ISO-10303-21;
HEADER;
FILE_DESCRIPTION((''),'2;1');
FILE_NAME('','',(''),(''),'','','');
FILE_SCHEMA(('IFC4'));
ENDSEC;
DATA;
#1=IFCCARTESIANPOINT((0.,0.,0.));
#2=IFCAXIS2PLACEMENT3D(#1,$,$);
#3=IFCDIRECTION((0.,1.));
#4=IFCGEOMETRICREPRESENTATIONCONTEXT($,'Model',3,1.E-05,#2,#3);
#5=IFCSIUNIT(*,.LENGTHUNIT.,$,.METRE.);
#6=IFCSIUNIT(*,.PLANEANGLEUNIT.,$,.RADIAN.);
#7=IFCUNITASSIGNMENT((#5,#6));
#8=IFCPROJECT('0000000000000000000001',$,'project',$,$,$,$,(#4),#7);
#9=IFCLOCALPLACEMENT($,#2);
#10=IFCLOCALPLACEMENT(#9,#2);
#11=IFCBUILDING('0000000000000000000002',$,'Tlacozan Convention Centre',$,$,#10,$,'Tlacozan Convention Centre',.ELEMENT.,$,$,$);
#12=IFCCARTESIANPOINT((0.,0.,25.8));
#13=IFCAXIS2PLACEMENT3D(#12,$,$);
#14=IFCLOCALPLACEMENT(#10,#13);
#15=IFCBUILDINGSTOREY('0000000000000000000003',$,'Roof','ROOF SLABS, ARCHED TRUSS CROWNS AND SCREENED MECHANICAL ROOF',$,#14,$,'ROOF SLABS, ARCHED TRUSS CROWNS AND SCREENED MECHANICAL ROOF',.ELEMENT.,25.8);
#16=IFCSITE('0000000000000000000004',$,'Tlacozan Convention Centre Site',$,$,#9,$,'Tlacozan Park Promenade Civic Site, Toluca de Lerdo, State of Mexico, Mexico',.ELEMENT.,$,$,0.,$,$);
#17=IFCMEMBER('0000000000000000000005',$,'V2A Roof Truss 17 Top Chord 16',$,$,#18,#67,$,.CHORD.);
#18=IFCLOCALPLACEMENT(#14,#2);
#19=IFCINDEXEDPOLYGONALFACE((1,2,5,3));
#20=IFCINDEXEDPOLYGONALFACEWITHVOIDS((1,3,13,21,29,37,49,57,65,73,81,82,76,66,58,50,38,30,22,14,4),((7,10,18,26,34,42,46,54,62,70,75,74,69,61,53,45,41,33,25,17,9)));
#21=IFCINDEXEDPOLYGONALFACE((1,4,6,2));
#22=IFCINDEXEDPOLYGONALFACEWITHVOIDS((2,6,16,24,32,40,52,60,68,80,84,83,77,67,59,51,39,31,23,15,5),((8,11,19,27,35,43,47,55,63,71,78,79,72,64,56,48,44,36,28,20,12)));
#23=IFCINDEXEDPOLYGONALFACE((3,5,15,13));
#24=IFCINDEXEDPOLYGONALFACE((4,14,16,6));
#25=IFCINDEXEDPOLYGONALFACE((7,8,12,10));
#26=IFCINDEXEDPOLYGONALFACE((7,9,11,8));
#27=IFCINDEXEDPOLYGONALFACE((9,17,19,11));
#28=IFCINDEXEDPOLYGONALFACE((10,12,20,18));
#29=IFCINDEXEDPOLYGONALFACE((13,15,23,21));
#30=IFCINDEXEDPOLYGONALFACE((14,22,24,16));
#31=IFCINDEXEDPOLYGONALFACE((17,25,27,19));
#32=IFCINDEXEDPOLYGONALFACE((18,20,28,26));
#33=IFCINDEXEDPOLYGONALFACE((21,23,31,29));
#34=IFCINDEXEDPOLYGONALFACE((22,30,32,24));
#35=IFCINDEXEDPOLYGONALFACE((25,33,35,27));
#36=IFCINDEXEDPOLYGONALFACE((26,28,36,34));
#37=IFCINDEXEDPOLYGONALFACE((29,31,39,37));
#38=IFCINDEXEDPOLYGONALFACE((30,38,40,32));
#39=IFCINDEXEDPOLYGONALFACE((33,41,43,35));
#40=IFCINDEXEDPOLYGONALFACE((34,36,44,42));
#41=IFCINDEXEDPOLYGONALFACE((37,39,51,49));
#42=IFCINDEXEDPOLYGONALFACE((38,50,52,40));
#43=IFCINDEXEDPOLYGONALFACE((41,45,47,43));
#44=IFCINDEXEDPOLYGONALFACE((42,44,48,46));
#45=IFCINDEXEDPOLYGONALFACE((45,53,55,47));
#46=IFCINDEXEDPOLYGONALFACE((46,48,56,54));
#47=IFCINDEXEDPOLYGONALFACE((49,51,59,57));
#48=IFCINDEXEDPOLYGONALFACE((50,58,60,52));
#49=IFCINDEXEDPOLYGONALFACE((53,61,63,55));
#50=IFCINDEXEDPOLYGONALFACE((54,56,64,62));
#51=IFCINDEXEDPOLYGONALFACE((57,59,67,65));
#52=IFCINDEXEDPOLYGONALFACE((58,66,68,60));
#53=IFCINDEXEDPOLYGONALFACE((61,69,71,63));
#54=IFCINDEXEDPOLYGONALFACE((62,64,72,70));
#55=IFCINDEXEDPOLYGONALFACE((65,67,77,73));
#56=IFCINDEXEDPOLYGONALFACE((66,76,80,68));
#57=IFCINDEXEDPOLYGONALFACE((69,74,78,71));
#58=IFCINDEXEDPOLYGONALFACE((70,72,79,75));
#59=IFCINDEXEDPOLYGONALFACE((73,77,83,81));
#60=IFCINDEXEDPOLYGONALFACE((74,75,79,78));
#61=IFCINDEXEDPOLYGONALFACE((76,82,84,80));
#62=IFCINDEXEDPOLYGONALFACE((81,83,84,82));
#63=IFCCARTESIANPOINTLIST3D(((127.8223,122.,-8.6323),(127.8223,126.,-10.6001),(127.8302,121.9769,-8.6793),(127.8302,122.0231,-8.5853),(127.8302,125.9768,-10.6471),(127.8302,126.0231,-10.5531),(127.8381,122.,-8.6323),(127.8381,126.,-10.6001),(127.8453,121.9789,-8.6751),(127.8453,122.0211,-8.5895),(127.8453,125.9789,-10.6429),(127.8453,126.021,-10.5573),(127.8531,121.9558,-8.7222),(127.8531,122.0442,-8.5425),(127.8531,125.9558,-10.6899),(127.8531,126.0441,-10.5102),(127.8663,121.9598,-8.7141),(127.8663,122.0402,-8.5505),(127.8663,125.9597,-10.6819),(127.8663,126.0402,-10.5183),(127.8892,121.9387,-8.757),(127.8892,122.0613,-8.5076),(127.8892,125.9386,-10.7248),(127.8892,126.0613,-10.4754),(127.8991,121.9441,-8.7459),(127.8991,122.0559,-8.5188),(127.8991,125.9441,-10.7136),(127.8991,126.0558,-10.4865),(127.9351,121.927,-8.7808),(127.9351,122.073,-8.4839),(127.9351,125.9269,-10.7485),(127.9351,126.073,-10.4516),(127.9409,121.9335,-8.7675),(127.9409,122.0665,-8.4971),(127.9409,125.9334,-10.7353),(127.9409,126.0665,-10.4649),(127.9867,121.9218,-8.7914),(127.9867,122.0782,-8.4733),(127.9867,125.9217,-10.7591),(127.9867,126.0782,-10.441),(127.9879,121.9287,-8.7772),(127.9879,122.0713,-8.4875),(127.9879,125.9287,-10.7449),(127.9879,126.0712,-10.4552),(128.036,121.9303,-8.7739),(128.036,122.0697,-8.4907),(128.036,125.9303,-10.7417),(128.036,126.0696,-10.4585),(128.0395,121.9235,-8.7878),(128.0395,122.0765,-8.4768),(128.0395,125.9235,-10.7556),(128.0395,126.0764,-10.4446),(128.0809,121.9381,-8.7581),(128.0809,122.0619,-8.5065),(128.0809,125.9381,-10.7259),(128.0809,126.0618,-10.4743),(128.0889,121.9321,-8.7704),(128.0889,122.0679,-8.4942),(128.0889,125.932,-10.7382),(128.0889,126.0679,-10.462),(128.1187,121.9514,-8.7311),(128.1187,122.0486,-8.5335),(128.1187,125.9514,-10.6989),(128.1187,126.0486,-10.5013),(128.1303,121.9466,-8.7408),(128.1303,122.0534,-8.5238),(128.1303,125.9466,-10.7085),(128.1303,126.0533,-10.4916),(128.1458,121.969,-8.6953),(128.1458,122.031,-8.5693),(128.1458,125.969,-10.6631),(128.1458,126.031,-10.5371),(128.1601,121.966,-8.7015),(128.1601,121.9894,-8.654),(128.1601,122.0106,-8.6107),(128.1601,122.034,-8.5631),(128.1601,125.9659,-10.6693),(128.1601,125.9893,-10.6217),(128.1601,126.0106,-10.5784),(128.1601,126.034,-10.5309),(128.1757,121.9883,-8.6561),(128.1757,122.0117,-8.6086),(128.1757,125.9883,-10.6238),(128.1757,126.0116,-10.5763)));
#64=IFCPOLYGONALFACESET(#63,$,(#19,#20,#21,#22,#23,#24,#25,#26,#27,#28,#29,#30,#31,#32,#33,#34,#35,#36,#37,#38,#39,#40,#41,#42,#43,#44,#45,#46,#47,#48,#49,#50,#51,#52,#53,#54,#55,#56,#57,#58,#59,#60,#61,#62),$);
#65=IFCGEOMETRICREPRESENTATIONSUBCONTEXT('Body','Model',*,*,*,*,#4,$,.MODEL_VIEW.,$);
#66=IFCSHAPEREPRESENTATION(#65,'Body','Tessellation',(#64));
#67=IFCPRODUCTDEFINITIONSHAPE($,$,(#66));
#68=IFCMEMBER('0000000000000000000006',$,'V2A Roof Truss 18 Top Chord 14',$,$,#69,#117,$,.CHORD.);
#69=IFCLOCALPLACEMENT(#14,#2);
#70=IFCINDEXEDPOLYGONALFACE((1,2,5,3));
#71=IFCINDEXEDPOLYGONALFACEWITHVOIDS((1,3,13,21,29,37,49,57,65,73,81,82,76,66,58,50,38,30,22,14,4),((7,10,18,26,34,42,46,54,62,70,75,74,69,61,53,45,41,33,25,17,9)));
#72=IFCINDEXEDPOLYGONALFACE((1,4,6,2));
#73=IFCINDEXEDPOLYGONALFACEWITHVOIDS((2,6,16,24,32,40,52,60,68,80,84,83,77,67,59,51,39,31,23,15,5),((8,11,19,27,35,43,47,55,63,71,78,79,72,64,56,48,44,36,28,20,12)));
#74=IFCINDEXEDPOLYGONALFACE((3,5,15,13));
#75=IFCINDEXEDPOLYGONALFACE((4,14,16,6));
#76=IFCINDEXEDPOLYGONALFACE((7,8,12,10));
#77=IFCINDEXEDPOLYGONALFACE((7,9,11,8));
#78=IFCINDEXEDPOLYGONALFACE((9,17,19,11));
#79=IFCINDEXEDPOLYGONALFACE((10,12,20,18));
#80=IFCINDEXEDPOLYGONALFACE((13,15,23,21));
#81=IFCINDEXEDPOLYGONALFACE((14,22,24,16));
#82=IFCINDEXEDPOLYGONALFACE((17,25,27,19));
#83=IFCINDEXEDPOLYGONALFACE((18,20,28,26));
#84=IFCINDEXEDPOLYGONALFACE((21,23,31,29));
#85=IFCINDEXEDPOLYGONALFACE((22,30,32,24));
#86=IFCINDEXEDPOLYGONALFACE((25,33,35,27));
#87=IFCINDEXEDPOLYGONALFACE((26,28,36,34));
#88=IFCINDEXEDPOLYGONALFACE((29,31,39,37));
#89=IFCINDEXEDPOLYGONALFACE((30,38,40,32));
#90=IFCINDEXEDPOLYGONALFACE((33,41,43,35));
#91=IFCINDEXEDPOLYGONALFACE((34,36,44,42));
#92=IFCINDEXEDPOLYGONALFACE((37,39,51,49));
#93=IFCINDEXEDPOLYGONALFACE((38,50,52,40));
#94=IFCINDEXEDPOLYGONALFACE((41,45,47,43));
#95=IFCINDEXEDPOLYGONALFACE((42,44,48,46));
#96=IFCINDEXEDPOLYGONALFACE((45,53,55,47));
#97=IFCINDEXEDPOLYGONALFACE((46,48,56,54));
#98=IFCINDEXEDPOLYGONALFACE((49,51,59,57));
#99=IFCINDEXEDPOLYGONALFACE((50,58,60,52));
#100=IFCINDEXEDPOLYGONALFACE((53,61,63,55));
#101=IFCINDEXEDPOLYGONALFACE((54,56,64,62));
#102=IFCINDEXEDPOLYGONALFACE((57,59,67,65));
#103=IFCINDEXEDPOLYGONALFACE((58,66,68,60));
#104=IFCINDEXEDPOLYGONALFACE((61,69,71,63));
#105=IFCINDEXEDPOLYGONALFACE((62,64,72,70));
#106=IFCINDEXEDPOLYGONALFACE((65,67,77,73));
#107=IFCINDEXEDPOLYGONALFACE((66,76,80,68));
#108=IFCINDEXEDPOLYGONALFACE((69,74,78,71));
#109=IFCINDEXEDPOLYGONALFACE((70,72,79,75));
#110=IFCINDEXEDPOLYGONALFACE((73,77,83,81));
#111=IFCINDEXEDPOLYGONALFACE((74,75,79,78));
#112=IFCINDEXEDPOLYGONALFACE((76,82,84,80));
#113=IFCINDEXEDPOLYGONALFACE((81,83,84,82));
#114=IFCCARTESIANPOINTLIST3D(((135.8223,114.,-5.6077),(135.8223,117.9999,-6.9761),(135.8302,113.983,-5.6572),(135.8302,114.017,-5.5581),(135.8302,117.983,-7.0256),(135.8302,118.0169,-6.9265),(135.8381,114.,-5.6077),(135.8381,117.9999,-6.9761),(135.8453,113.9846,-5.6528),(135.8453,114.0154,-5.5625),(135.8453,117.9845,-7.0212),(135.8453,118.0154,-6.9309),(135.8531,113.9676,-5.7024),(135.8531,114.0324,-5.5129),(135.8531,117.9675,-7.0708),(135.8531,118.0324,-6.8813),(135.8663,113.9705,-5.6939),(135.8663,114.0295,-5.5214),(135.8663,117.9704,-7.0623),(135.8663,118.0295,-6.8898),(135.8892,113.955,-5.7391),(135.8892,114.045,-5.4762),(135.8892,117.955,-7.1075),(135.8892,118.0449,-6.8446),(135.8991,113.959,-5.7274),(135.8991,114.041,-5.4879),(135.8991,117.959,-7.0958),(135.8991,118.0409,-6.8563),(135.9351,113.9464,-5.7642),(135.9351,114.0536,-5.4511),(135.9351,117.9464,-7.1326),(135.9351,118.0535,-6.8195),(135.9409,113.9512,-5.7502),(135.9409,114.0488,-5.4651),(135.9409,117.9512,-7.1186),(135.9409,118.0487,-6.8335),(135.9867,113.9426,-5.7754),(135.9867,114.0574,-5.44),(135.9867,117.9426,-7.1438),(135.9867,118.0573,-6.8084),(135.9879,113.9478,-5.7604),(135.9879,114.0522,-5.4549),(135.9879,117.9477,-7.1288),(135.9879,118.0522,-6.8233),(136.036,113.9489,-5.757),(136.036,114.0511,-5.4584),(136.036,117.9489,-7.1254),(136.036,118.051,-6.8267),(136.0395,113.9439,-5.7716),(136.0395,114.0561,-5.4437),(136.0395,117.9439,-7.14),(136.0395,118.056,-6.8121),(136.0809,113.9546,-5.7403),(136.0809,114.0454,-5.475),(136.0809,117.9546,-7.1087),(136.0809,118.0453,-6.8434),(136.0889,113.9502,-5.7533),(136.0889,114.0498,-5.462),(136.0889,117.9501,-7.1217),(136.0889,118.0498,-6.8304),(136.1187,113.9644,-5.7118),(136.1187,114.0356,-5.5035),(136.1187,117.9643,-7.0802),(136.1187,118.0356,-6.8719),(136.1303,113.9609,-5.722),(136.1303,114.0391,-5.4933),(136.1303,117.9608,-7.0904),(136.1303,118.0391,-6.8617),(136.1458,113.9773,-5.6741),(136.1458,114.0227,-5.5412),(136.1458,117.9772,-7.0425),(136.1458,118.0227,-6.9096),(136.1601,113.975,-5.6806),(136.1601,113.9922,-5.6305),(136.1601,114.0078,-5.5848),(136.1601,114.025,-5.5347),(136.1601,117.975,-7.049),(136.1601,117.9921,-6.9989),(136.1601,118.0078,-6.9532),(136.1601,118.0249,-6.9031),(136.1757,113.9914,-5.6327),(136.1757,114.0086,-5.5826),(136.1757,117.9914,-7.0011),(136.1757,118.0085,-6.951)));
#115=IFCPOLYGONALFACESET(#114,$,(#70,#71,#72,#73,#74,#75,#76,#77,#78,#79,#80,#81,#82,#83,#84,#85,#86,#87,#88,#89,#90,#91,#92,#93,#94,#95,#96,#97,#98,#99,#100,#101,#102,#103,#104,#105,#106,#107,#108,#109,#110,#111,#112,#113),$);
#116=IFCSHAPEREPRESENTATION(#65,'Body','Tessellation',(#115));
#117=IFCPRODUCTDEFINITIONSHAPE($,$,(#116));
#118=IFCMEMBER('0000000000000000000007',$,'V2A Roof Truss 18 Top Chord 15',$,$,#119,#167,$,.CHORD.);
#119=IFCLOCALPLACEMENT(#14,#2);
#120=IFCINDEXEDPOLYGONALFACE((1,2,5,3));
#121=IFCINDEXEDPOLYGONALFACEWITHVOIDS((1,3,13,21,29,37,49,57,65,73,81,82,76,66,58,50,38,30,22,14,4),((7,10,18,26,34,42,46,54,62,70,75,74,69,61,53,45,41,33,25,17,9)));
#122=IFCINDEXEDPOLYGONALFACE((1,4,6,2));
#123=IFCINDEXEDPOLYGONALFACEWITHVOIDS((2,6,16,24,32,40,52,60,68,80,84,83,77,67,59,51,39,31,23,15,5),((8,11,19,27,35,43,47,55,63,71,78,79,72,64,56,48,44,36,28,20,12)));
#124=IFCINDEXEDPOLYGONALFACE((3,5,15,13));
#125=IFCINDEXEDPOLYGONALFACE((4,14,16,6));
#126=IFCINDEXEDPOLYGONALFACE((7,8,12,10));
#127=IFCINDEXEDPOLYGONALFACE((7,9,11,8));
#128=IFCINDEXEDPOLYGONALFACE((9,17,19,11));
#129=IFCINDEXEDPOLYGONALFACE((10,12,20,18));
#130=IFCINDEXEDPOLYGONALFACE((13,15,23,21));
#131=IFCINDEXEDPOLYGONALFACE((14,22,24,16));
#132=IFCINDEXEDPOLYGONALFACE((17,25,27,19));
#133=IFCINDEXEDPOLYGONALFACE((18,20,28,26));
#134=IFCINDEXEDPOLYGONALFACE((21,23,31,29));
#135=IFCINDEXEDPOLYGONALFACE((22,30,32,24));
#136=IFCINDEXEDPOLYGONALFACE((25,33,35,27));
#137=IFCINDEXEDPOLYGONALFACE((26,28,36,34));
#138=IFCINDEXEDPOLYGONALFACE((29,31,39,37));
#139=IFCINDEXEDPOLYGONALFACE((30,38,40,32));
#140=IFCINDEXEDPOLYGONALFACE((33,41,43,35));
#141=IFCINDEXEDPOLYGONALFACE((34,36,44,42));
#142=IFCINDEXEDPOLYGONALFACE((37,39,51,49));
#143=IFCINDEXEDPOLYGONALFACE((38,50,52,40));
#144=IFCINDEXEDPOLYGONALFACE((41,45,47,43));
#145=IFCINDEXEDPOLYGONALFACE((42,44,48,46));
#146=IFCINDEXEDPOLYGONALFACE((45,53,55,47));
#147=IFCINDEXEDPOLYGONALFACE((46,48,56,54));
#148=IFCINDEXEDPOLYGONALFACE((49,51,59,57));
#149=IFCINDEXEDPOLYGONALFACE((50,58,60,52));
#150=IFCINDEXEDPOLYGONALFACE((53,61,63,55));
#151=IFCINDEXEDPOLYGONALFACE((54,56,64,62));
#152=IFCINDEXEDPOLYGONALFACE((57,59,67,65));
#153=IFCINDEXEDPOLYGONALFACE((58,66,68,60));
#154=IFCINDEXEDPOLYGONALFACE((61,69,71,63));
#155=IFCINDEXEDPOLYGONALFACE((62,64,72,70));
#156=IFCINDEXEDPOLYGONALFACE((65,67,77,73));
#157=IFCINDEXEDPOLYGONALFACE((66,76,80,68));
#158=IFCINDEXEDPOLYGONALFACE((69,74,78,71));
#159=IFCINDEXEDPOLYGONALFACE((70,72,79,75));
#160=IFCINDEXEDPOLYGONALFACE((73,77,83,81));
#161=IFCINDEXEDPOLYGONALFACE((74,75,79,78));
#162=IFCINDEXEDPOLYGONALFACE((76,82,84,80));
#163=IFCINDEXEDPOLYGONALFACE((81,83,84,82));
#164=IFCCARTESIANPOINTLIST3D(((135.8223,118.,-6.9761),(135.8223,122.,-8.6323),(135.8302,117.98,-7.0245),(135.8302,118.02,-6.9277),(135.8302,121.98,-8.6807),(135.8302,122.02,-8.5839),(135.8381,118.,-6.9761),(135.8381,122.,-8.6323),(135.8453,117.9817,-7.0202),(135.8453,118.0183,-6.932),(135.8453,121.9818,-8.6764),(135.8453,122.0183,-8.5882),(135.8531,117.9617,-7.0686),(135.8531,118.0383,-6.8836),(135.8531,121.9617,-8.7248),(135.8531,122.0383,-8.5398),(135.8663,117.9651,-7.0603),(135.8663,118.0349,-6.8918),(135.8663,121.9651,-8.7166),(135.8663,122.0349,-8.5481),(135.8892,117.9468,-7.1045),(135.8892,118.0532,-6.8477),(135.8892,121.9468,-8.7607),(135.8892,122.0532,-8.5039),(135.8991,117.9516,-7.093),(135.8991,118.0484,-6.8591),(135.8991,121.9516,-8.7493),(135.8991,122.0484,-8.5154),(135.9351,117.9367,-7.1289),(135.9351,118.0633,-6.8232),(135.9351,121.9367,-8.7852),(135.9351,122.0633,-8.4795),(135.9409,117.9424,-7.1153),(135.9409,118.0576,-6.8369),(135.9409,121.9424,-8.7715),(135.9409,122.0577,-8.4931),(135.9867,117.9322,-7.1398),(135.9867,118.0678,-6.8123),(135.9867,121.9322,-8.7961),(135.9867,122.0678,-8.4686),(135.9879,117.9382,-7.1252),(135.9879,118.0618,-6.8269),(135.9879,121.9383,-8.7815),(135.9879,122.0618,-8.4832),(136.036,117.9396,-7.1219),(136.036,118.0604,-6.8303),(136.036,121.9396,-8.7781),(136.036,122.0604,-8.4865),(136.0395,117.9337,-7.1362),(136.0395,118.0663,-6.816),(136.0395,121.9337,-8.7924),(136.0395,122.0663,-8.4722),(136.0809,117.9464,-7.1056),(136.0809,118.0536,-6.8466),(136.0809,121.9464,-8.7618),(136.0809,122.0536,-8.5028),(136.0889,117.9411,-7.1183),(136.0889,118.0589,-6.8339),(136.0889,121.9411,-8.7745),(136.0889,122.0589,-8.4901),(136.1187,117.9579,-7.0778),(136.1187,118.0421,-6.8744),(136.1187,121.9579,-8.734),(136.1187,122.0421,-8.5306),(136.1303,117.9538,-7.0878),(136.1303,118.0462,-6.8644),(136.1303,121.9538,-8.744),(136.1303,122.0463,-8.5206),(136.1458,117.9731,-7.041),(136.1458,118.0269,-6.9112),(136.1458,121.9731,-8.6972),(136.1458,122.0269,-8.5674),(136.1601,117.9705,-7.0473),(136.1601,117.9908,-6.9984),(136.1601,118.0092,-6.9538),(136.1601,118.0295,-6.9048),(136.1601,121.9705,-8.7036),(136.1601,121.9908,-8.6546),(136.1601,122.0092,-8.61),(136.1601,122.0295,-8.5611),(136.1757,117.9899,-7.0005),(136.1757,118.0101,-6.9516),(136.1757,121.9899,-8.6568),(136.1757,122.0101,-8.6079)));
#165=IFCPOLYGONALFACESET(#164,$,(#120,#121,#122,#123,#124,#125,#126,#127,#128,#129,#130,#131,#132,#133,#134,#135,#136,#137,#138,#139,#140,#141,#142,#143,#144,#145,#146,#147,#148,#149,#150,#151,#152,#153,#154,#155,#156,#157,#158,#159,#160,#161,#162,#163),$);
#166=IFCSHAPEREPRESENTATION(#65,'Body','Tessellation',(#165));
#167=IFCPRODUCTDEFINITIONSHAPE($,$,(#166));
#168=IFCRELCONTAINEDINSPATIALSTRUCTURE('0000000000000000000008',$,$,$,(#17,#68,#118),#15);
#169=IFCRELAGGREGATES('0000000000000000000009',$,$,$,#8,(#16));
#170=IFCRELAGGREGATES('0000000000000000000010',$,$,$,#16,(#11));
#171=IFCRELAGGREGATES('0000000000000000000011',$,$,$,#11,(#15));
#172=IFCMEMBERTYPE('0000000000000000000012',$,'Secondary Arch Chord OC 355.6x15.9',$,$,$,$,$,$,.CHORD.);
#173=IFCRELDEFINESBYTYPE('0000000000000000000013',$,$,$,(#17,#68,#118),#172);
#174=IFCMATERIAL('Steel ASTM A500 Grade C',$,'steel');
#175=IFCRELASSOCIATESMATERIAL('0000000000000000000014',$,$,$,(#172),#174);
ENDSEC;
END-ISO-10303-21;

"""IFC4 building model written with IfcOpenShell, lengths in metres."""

from ifc_helpers import new_model, si_unit, direction, frame, origin, origin_2d, place, context, subcontext, project, spatial, hollow_circle, extrude, material, material_profile, profile_set, type_object, element, save


model = new_model("IFC4")

# Units and contexts
model_context = context("Model", 3, precision=1e-05, world=origin(), true_north=direction((0.0, 1.0)))
body_context = subcontext(model_context, "Body", "Model", "MODEL_VIEW")
ifc_project = project(units=[si_unit("LENGTHUNIT", "METRE"), si_unit("PLANEANGLEUNIT", "RADIAN")], contexts=[model_context])

# Site, building, storey
site_placement = place(None, origin())
site = spatial("IfcSite", under=ifc_project, at=site_placement, Name="Tlacozan Convention Centre Site", LongName="Tlacozan Park Promenade Civic Site, Toluca de Lerdo, State of Mexico, Mexico", CompositionType="ELEMENT", RefElevation=0.0)
building_placement = place(site_placement, origin())
building = spatial("IfcBuilding", under=site, at=building_placement, Name="Tlacozan Convention Centre", LongName="Tlacozan Convention Centre", CompositionType="ELEMENT")
storey_placement = place(building_placement, frame((0.0, 0.0, 25.8)))
storey = spatial("IfcBuildingStorey", under=building, at=storey_placement, Name="Roof", Description="ROOF SLABS, ARCHED TRUSS CROWNS AND SCREENED MECHANICAL ROOF", LongName="ROOF SLABS, ARCHED TRUSS CROWNS AND SCREENED MECHANICAL ROOF", CompositionType="ELEMENT", Elevation=25.8)

# Members
ifc_material_1 = material(Name="Steel ASTM A500 Grade C", Category="steel")
ifc_material_profile_1 = material_profile(ifc_material_1, hollow_circle(Radius=0.1777, WallThickness=0.0159, at=origin_2d()), Name="OC 355.6x15.9")
ifc_profile_set_1 = profile_set([ifc_material_profile_1], Name="Steel ASTM A500 Grade C")
member_type_1 = type_object("IfcMemberType", Name="Secondary Arch Chord OC 355.6x15.9", PredefinedType="CHORD", material=ifc_profile_set_1)
member_1_placement = place(storey_placement, frame((128.0, 122.0, -8.6323), z_axis=(0.0, 0.8973, -0.441421), x_axis=(-1.0, 0.0, 0.0)))
element("IfcMember", 1, at=member_1_placement, inside=storey, type_object=member_type_1, Name="V2A Roof Truss 17 Top Chord 16", PredefinedType="CHORD", context=body_context, shape_type="SweptSolid", body=[
    extrude(hollow_circle(Radius=0.1777, WallThickness=0.0159, at=origin_2d()), origin(), (0.0, 0.0, 1.0), 4.4578),
])
member_2_placement = place(storey_placement, frame((136.0, 114.0, -5.6077), z_axis=(0.0, 0.946165, -0.323685), x_axis=(-1.0, 0.0, 0.0)))
element("IfcMember", 2, at=member_2_placement, inside=storey, type_object=member_type_1, Name="V2A Roof Truss 18 Top Chord 14", PredefinedType="CHORD", context=body_context, shape_type="SweptSolid", body=[
    extrude(hollow_circle(Radius=0.1777, WallThickness=0.0159, at=origin_2d()), origin(), (0.0, 0.0, 1.0), 4.2275),
])
member_3_placement = place(storey_placement, frame((136.0, 118.0, -6.9761), z_axis=(0.0, 0.923929, -0.382564), x_axis=(-1.0, 0.0, 0.0)))
element("IfcMember", 3, at=member_3_placement, inside=storey, type_object=member_type_1, Name="V2A Roof Truss 18 Top Chord 15", PredefinedType="CHORD", context=body_context, shape_type="SweptSolid", body=[
    extrude(hollow_circle(Radius=0.1777, WallThickness=0.0159, at=origin_2d()), origin(), (0.0, 0.0, 1.0), 4.3293),
])

save(model, "model.ifc")
